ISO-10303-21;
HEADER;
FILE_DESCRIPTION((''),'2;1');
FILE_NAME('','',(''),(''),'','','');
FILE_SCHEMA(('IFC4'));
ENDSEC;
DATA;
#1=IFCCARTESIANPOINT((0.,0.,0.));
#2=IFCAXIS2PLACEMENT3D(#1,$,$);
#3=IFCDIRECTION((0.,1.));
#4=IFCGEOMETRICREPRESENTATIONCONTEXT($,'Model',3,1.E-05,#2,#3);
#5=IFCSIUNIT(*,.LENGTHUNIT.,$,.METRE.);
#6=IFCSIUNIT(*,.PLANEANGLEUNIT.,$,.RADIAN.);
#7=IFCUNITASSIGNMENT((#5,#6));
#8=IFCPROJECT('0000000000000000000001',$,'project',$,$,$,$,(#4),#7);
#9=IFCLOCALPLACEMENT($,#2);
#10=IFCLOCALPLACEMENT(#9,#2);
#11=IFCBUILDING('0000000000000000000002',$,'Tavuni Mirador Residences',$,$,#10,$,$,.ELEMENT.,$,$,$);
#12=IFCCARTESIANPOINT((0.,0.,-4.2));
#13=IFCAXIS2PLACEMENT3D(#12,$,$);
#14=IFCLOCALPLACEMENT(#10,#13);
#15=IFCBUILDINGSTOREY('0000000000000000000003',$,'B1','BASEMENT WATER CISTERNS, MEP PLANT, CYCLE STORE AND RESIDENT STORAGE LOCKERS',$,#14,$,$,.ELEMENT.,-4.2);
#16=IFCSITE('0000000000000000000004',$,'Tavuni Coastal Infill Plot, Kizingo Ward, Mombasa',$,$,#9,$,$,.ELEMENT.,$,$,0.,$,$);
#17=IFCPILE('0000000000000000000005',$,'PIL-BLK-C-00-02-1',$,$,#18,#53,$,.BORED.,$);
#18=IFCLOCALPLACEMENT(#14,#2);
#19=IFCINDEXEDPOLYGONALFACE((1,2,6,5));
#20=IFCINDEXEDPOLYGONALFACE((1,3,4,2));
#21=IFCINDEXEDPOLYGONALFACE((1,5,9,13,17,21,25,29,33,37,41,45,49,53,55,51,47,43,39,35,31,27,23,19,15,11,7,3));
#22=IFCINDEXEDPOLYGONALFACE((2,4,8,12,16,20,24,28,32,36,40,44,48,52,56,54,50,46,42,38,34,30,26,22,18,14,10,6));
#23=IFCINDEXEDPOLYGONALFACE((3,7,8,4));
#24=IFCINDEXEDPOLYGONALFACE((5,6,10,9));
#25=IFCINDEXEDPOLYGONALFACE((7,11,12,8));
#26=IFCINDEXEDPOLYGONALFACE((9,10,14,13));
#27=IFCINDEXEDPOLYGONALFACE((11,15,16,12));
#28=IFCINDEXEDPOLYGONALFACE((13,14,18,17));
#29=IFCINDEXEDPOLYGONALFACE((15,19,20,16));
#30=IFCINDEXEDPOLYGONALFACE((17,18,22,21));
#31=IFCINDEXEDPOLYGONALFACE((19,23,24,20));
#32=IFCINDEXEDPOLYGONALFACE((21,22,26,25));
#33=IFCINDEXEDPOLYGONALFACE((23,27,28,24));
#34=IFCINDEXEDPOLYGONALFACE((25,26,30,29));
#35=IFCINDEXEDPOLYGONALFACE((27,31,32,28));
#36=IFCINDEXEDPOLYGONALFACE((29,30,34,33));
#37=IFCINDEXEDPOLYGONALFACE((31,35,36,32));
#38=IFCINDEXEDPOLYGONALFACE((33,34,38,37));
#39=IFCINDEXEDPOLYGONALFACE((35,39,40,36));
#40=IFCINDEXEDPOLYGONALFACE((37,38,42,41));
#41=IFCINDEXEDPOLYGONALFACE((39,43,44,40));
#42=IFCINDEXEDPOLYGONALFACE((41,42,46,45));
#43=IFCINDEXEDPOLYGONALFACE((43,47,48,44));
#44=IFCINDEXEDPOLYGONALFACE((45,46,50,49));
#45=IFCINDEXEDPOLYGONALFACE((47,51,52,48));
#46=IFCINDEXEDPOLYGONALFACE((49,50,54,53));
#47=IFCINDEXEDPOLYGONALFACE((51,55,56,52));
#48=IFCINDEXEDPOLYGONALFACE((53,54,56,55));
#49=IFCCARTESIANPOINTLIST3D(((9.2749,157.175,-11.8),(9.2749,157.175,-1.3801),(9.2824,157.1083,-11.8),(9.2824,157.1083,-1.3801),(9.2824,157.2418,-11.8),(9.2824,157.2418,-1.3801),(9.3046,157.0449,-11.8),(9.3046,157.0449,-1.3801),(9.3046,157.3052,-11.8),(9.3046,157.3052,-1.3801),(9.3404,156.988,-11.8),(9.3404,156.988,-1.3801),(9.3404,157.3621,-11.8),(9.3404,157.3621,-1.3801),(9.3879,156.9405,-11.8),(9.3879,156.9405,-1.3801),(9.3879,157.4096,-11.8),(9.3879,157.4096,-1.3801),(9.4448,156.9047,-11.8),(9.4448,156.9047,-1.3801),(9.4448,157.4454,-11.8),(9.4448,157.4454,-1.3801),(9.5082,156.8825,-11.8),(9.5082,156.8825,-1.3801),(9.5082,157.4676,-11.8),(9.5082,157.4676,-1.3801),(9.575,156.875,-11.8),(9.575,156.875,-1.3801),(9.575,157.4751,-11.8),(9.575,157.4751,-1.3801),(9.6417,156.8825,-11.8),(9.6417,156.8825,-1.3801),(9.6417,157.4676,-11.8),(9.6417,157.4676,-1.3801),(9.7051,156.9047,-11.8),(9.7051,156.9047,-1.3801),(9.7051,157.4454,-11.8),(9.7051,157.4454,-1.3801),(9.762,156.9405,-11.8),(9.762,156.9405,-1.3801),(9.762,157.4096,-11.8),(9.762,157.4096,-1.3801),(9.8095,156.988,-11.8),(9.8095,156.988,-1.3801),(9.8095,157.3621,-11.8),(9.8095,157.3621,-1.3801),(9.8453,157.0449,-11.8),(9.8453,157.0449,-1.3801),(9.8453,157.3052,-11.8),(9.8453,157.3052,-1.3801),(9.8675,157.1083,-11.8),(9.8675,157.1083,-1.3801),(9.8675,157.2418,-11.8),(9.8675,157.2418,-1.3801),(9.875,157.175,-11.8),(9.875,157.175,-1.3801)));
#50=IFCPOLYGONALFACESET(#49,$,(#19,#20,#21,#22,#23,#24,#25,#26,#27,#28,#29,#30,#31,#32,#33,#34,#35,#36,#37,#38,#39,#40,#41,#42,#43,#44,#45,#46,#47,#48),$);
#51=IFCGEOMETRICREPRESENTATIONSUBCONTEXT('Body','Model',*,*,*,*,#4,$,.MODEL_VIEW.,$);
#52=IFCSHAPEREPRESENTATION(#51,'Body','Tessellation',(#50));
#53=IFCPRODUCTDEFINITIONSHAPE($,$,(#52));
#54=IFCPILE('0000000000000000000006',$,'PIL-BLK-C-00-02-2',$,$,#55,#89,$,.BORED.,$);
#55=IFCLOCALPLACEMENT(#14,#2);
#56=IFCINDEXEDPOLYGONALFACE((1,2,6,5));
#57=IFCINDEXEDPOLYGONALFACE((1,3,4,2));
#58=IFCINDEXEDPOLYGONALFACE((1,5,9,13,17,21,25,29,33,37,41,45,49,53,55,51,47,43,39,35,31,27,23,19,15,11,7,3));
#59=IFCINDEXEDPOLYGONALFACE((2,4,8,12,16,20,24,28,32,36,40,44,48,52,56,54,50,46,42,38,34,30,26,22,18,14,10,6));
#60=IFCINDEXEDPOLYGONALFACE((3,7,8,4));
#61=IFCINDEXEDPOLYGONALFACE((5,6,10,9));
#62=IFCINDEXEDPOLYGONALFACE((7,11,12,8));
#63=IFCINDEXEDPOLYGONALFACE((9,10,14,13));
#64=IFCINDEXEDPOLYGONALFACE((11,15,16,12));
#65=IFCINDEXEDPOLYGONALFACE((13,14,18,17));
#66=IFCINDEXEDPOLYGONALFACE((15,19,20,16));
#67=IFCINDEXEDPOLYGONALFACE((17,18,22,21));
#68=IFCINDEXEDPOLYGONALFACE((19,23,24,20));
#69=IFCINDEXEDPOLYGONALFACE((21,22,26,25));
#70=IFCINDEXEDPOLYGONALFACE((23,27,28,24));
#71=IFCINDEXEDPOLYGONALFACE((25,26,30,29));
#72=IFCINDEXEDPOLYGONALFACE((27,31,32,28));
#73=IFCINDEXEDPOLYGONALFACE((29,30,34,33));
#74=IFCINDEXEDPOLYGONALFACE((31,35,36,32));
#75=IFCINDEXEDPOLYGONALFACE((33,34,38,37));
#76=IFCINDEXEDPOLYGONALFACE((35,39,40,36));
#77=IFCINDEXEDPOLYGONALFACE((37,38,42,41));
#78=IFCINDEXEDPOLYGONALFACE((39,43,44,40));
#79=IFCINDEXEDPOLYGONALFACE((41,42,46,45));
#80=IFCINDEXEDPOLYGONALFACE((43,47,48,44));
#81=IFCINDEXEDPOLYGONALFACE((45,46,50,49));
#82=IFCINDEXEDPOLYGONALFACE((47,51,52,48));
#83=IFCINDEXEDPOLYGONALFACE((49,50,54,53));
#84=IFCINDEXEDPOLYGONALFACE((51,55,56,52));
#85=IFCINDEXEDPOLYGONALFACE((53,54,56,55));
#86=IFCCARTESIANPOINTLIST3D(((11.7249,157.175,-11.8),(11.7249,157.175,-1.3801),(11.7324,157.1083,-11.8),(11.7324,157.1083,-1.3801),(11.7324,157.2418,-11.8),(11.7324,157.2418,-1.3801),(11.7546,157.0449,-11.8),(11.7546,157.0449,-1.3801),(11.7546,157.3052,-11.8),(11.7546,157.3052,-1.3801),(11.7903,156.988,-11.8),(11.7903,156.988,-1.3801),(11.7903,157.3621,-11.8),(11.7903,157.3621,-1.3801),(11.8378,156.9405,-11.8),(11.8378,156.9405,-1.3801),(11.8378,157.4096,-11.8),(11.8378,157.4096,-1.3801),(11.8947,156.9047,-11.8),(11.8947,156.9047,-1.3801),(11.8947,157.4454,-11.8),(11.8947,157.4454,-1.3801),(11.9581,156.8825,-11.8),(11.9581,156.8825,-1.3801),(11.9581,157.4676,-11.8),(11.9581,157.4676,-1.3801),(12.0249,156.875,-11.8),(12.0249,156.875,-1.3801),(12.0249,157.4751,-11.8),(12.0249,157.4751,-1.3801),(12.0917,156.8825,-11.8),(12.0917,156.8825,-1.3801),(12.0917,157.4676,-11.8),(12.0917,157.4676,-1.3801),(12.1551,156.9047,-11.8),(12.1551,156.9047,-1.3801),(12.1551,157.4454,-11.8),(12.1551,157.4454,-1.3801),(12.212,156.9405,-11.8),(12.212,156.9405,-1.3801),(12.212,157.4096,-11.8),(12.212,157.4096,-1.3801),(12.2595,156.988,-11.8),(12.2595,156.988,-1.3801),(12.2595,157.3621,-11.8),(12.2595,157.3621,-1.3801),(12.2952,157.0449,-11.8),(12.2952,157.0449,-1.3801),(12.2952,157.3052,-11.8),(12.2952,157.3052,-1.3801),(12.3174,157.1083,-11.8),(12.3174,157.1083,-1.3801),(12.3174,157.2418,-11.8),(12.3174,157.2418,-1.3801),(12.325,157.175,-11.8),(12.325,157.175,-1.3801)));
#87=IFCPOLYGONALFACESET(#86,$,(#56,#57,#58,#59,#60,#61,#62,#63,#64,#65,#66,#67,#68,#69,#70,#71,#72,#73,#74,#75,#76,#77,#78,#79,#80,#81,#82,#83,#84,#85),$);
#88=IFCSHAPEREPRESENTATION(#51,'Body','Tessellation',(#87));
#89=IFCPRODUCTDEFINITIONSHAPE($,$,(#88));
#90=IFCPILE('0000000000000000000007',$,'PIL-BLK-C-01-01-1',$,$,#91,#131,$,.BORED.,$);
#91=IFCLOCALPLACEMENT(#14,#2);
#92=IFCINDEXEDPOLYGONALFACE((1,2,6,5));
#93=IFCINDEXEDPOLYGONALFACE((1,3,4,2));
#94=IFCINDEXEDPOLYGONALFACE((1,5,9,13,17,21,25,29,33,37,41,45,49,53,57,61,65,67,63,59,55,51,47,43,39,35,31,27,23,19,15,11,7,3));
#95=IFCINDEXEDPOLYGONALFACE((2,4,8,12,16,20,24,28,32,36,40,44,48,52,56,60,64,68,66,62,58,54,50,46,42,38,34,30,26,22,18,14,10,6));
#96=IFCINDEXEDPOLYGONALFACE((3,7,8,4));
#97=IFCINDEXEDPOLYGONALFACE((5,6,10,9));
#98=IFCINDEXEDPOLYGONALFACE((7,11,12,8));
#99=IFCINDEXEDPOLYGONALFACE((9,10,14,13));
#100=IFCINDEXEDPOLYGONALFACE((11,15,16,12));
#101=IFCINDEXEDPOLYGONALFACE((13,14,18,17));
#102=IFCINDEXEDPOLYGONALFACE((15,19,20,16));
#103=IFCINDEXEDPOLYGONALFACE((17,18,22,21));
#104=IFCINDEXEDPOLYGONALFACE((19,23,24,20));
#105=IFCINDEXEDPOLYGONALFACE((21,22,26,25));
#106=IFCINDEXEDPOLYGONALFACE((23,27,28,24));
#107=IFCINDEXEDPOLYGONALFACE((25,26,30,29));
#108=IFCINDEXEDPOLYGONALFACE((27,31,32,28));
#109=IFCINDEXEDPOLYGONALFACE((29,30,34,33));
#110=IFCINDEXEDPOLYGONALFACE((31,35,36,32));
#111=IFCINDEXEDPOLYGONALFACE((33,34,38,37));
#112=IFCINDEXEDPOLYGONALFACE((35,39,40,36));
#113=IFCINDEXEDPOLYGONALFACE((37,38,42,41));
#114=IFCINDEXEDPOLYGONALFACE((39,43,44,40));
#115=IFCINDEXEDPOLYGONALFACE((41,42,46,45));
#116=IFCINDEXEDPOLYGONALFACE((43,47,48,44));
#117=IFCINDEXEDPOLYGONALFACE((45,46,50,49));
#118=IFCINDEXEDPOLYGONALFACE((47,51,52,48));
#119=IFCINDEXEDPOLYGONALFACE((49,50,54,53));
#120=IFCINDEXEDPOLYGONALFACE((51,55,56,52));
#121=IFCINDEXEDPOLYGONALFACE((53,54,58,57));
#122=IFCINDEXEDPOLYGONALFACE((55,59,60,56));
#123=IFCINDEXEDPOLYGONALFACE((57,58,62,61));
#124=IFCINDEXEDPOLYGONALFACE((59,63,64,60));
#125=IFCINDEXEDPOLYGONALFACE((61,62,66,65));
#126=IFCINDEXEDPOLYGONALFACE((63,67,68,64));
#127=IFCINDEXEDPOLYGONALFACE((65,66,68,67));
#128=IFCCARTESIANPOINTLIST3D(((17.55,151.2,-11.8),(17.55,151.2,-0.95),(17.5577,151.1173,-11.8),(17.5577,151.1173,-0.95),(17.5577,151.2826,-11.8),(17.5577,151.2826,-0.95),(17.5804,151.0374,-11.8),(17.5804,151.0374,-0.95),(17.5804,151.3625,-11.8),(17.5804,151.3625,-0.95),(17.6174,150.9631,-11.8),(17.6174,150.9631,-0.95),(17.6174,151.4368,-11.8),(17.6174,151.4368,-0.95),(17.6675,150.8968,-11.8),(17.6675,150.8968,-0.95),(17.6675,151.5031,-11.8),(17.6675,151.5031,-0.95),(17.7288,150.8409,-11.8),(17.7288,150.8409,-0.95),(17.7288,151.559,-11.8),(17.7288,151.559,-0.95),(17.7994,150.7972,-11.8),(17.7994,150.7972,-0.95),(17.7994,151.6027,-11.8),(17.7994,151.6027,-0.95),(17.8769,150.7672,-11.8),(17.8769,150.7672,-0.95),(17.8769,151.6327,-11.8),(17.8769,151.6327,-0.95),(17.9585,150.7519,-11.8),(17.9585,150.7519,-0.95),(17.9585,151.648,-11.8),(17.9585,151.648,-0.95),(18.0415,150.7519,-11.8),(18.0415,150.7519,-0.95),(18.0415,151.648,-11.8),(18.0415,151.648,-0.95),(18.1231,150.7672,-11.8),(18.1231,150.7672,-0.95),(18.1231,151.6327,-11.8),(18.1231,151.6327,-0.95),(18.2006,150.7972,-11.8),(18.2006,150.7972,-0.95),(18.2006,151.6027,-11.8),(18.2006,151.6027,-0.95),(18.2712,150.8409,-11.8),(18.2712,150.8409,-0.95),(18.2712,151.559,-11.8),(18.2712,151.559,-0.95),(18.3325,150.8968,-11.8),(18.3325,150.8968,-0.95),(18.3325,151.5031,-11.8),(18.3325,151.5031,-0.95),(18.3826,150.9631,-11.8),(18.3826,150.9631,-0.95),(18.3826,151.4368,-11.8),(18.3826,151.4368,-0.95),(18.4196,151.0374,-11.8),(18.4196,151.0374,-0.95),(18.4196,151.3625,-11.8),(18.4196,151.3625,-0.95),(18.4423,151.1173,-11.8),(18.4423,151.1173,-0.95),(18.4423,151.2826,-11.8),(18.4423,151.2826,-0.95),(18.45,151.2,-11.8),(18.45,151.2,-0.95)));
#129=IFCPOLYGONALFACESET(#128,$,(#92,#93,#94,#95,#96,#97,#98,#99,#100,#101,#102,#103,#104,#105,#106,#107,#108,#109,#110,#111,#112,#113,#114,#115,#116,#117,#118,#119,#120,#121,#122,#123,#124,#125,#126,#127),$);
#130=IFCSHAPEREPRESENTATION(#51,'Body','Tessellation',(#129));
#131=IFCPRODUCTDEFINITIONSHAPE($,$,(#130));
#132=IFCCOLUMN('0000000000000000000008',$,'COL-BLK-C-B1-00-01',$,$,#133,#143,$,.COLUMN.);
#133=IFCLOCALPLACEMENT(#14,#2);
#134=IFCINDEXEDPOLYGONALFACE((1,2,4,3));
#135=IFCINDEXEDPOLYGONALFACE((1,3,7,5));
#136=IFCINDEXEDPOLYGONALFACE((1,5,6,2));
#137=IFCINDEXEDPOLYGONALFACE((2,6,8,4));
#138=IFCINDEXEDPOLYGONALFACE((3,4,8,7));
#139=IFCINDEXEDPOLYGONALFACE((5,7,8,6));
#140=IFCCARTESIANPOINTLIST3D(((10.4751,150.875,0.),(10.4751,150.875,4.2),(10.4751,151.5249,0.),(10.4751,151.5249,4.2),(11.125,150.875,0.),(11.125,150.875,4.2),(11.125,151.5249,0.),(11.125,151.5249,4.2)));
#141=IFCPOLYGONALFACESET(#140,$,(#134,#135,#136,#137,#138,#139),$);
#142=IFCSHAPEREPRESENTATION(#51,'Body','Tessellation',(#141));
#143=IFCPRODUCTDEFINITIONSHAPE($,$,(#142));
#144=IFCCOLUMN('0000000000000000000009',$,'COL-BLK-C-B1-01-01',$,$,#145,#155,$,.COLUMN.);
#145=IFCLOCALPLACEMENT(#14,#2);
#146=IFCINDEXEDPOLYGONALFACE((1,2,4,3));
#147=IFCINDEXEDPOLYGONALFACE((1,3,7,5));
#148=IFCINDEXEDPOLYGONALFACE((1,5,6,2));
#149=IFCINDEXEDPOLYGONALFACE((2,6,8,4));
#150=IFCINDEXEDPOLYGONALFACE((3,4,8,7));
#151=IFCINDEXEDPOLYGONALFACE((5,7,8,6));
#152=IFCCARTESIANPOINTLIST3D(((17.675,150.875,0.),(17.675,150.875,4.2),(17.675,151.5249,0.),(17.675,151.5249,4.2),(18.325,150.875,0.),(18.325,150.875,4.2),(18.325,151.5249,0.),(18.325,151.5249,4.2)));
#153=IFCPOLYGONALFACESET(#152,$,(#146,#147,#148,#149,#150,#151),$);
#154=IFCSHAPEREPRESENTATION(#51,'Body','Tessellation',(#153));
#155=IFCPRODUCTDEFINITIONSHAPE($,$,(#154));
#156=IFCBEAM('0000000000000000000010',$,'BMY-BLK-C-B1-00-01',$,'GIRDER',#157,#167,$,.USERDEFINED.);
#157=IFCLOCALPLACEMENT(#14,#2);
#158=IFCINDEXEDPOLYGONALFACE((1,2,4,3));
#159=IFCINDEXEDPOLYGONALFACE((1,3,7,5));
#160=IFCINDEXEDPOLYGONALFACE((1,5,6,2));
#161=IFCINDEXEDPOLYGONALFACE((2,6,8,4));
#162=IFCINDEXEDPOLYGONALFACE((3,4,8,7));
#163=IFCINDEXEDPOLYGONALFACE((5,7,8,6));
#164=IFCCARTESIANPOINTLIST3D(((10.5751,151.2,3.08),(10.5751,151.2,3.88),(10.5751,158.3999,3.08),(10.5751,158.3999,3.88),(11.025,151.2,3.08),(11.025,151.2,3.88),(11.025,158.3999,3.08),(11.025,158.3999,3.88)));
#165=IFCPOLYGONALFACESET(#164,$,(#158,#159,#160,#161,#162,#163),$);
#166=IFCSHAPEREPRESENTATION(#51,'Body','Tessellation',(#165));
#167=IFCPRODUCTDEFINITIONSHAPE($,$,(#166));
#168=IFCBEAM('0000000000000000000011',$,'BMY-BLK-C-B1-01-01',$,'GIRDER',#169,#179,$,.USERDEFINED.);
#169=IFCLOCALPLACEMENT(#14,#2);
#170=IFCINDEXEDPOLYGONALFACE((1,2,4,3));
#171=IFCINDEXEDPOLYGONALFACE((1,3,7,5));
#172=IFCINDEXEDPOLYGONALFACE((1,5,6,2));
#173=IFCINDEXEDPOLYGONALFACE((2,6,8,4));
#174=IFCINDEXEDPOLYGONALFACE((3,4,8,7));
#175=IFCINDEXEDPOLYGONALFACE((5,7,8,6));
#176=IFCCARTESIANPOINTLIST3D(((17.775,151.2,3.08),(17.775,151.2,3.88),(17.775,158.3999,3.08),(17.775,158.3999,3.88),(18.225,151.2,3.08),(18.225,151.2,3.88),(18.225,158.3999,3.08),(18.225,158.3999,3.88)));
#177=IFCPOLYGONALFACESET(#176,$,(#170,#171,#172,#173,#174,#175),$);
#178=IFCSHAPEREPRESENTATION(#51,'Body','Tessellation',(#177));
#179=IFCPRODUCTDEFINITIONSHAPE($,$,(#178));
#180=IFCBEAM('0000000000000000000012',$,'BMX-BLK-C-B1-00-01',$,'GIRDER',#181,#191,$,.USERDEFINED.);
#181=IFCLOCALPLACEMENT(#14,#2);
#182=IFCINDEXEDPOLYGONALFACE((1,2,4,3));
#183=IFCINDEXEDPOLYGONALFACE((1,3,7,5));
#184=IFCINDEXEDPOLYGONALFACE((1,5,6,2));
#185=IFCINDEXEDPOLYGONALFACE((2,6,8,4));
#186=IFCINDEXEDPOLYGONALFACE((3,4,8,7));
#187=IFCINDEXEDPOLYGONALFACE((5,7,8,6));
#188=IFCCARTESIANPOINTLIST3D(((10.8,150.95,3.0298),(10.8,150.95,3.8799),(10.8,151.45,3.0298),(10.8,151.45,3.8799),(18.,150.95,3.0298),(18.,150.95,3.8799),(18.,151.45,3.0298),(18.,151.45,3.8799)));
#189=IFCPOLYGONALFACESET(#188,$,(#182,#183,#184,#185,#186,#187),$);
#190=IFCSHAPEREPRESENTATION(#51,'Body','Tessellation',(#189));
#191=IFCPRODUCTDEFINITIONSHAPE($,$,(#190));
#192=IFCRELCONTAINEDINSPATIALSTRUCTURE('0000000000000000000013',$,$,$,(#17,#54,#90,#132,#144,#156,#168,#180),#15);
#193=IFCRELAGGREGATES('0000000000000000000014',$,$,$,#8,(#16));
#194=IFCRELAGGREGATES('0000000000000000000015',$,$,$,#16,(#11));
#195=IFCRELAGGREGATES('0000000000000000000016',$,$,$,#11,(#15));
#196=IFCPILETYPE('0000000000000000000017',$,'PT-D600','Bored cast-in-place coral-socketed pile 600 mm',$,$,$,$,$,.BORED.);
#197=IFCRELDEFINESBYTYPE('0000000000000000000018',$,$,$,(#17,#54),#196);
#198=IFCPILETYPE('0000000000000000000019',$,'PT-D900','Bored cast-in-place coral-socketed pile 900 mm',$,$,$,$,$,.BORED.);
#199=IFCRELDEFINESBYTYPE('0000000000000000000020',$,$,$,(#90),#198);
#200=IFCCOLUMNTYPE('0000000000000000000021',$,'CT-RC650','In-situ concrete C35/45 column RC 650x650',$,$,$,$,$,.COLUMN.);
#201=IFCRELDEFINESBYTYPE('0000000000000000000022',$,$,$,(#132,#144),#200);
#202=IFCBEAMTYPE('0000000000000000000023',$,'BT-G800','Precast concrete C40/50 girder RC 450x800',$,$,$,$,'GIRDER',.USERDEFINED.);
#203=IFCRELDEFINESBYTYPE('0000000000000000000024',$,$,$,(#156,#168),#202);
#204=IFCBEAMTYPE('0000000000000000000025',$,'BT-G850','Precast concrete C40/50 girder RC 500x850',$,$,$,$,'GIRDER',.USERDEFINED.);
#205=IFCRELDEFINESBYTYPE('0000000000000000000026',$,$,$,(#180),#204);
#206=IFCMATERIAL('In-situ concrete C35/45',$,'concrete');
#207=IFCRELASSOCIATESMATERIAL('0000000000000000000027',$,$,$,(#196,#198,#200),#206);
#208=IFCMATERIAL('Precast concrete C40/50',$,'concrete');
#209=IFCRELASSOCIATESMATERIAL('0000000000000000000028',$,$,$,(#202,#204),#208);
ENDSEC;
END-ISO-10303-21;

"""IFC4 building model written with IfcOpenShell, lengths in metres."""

from ifc_helpers import new_model, si_unit, direction, frame, origin, origin_2d, place, context, subcontext, project, spatial, rectangle, circle, extrude, material, material_profile, profile_set, type_object, element, save


model = new_model("IFC4")

# Units and contexts
model_context = context("Model", 3, precision=1e-05, world=origin(), true_north=direction((0.0, 1.0)))
body_context = subcontext(model_context, "Body", "Model", "MODEL_VIEW")
ifc_project = project(units=[si_unit("LENGTHUNIT", "METRE"), si_unit("PLANEANGLEUNIT", "RADIAN")], contexts=[model_context])

# Site, building, storey
site_placement = place(None, origin())
site = spatial("IfcSite", under=ifc_project, at=site_placement, Name="Tavuni Coastal Infill Plot, Kizingo Ward, Mombasa", CompositionType="ELEMENT", RefElevation=0.0)
building_placement = place(site_placement, origin())
building = spatial("IfcBuilding", under=site, at=building_placement, Name="Tavuni Mirador Residences", CompositionType="ELEMENT")
storey_placement = place(building_placement, frame((0.0, 0.0, -4.2)))
storey = spatial("IfcBuildingStorey", under=building, at=storey_placement, Name="B1", Description="BASEMENT WATER CISTERNS, MEP PLANT, CYCLE STORE AND RESIDENT STORAGE LOCKERS", CompositionType="ELEMENT", Elevation=-4.2)

# Shared definitions
ifc_material_1 = material(Name="In-situ concrete C35/45", Category="concrete")

# Piles
ifc_material_profile_1 = material_profile(ifc_material_1, circle(Radius=0.3, at=origin_2d()), Name="PILE D600", Category="concrete")
ifc_profile_set_1 = profile_set([ifc_material_profile_1], Name="In-situ concrete C35/45")
pile_type_1 = type_object("IfcPileType", Name="PT-D600", Description="Bored cast-in-place coral-socketed pile 600 mm", PredefinedType="BORED", material=ifc_profile_set_1)
for number, where, z_axis, x_axis, name in (
    (1, (9.575, 157.175, -1.3801), (0.0, 0.0, -1.0), (1.0, 0.0, 0.0), "PIL-BLK-C-00-02-1"),
    (2, (12.0249, 157.175, -1.3801), (0.0, 0.0, -1.0), (1.0, 0.0, 0.0), "PIL-BLK-C-00-02-2"),
):
    element("IfcPile", number, at=place(storey_placement, frame(where, z_axis=z_axis, x_axis=x_axis)), inside=storey, type_object=pile_type_1, Name=name, PredefinedType="BORED", context=body_context, shape_type="SweptSolid", body=[
        extrude(circle(Radius=0.3, at=origin_2d()), origin(), (0.0, 0.0, 1.0), 10.4199),
    ])
ifc_material_profile_2 = material_profile(ifc_material_1, circle(Radius=0.45, at=origin_2d()), Name="PILE D900", Category="concrete")
ifc_profile_set_2 = profile_set([ifc_material_profile_2], Name="In-situ concrete C35/45")
pile_type_2 = type_object("IfcPileType", Name="PT-D900", Description="Bored cast-in-place coral-socketed pile 900 mm", PredefinedType="BORED", material=ifc_profile_set_2)
pile_placement = place(storey_placement, frame((18.0, 151.2, -0.95), z_axis=(0.0, 0.0, -1.0), x_axis=(1.0, 0.0, 0.0)))
element("IfcPile", 3, at=pile_placement, inside=storey, type_object=pile_type_2, Name="PIL-BLK-C-01-01-1", PredefinedType="BORED", context=body_context, shape_type="SweptSolid", body=[
    extrude(circle(Radius=0.45, at=origin_2d()), origin(), (0.0, 0.0, 1.0), 10.8501),
])

# Columns
ifc_material_profile_3 = material_profile(ifc_material_1, rectangle(XDim=0.6499, YDim=0.6499, at=origin_2d()), Name="RC 650x650", Category="concrete")
ifc_profile_set_3 = profile_set([ifc_material_profile_3], Name="In-situ concrete C35/45")
column_type = type_object("IfcColumnType", Name="CT-RC650", Description="In-situ concrete C35/45 column RC 650x650", PredefinedType="COLUMN", material=ifc_profile_set_3)
for number, where, z_axis, x_axis, name in (
    (4, (10.8, 151.2, 0.0), (0.0, 0.0, 1.0), (1.0, 0.0, 0.0), "COL-BLK-C-B1-00-01"),
    (5, (18.0, 151.2, 0.0), (0.0, 0.0, 1.0), (1.0, 0.0, 0.0), "COL-BLK-C-B1-01-01"),
):
    element("IfcColumn", number, at=place(storey_placement, frame(where, z_axis=z_axis, x_axis=x_axis)), inside=storey, type_object=column_type, Name=name, PredefinedType="COLUMN", context=body_context, shape_type="SweptSolid", body=[
        extrude(rectangle(XDim=0.6499, YDim=0.6499, at=origin_2d()), origin(), (0.0, 0.0, 1.0), 4.2),
    ])

# Beams
ifc_material_2 = material(Name="Precast concrete C40/50", Category="concrete")
ifc_material_profile_4 = material_profile(ifc_material_2, rectangle(XDim=0.45, YDim=0.8, at=origin_2d()), Name="RC 450x800", Category="concrete")
ifc_profile_set_4 = profile_set([ifc_material_profile_4], Name="Precast concrete C40/50")
beam_type_1 = type_object("IfcBeamType", Name="BT-G800", Description="Precast concrete C40/50 girder RC 450x800", ElementType="GIRDER", PredefinedType="USERDEFINED", material=ifc_profile_set_4)
for number, where, z_axis, x_axis, name in (
    (6, (10.8, 151.2, 3.48), (0.0, 1.0, 0.0), (-1.0, 0.0, 0.0), "BMY-BLK-C-B1-00-01"),
    (7, (18.0, 151.2, 3.48), (0.0, 1.0, 0.0), (-1.0, 0.0, 0.0), "BMY-BLK-C-B1-01-01"),
):
    element("IfcBeam", number, at=place(storey_placement, frame(where, z_axis=z_axis, x_axis=x_axis)), inside=storey, type_object=beam_type_1, Name=name, ObjectType="GIRDER", PredefinedType="USERDEFINED", context=body_context, shape_type="SweptSolid", body=[
        extrude(rectangle(XDim=0.45, YDim=0.8, at=origin_2d()), origin(), (0.0, 0.0, 1.0), 7.2),
    ])
ifc_material_profile_5 = material_profile(ifc_material_2, rectangle(XDim=0.5, YDim=0.8501, at=origin_2d()), Name="RC 500x850", Category="concrete")
ifc_profile_set_5 = profile_set([ifc_material_profile_5], Name="Precast concrete C40/50")
beam_type_2 = type_object("IfcBeamType", Name="BT-G850", Description="Precast concrete C40/50 girder RC 500x850", ElementType="GIRDER", PredefinedType="USERDEFINED", material=ifc_profile_set_5)
for number, where, z_axis, x_axis, name in (
    (8, (10.8, 151.2, 3.4548), (1.0, 0.0, 0.0), (0.0, 1.0, 0.0), "BMX-BLK-C-B1-00-01"),
):
    element("IfcBeam", number, at=place(storey_placement, frame(where, z_axis=z_axis, x_axis=x_axis)), inside=storey, type_object=beam_type_2, Name=name, ObjectType="GIRDER", PredefinedType="USERDEFINED", context=body_context, shape_type="SweptSolid", body=[
        extrude(rectangle(XDim=0.5, YDim=0.8501, at=origin_2d()), origin(), (0.0, 0.0, 1.0), 7.2),
    ])

save(model, "model.ifc")
